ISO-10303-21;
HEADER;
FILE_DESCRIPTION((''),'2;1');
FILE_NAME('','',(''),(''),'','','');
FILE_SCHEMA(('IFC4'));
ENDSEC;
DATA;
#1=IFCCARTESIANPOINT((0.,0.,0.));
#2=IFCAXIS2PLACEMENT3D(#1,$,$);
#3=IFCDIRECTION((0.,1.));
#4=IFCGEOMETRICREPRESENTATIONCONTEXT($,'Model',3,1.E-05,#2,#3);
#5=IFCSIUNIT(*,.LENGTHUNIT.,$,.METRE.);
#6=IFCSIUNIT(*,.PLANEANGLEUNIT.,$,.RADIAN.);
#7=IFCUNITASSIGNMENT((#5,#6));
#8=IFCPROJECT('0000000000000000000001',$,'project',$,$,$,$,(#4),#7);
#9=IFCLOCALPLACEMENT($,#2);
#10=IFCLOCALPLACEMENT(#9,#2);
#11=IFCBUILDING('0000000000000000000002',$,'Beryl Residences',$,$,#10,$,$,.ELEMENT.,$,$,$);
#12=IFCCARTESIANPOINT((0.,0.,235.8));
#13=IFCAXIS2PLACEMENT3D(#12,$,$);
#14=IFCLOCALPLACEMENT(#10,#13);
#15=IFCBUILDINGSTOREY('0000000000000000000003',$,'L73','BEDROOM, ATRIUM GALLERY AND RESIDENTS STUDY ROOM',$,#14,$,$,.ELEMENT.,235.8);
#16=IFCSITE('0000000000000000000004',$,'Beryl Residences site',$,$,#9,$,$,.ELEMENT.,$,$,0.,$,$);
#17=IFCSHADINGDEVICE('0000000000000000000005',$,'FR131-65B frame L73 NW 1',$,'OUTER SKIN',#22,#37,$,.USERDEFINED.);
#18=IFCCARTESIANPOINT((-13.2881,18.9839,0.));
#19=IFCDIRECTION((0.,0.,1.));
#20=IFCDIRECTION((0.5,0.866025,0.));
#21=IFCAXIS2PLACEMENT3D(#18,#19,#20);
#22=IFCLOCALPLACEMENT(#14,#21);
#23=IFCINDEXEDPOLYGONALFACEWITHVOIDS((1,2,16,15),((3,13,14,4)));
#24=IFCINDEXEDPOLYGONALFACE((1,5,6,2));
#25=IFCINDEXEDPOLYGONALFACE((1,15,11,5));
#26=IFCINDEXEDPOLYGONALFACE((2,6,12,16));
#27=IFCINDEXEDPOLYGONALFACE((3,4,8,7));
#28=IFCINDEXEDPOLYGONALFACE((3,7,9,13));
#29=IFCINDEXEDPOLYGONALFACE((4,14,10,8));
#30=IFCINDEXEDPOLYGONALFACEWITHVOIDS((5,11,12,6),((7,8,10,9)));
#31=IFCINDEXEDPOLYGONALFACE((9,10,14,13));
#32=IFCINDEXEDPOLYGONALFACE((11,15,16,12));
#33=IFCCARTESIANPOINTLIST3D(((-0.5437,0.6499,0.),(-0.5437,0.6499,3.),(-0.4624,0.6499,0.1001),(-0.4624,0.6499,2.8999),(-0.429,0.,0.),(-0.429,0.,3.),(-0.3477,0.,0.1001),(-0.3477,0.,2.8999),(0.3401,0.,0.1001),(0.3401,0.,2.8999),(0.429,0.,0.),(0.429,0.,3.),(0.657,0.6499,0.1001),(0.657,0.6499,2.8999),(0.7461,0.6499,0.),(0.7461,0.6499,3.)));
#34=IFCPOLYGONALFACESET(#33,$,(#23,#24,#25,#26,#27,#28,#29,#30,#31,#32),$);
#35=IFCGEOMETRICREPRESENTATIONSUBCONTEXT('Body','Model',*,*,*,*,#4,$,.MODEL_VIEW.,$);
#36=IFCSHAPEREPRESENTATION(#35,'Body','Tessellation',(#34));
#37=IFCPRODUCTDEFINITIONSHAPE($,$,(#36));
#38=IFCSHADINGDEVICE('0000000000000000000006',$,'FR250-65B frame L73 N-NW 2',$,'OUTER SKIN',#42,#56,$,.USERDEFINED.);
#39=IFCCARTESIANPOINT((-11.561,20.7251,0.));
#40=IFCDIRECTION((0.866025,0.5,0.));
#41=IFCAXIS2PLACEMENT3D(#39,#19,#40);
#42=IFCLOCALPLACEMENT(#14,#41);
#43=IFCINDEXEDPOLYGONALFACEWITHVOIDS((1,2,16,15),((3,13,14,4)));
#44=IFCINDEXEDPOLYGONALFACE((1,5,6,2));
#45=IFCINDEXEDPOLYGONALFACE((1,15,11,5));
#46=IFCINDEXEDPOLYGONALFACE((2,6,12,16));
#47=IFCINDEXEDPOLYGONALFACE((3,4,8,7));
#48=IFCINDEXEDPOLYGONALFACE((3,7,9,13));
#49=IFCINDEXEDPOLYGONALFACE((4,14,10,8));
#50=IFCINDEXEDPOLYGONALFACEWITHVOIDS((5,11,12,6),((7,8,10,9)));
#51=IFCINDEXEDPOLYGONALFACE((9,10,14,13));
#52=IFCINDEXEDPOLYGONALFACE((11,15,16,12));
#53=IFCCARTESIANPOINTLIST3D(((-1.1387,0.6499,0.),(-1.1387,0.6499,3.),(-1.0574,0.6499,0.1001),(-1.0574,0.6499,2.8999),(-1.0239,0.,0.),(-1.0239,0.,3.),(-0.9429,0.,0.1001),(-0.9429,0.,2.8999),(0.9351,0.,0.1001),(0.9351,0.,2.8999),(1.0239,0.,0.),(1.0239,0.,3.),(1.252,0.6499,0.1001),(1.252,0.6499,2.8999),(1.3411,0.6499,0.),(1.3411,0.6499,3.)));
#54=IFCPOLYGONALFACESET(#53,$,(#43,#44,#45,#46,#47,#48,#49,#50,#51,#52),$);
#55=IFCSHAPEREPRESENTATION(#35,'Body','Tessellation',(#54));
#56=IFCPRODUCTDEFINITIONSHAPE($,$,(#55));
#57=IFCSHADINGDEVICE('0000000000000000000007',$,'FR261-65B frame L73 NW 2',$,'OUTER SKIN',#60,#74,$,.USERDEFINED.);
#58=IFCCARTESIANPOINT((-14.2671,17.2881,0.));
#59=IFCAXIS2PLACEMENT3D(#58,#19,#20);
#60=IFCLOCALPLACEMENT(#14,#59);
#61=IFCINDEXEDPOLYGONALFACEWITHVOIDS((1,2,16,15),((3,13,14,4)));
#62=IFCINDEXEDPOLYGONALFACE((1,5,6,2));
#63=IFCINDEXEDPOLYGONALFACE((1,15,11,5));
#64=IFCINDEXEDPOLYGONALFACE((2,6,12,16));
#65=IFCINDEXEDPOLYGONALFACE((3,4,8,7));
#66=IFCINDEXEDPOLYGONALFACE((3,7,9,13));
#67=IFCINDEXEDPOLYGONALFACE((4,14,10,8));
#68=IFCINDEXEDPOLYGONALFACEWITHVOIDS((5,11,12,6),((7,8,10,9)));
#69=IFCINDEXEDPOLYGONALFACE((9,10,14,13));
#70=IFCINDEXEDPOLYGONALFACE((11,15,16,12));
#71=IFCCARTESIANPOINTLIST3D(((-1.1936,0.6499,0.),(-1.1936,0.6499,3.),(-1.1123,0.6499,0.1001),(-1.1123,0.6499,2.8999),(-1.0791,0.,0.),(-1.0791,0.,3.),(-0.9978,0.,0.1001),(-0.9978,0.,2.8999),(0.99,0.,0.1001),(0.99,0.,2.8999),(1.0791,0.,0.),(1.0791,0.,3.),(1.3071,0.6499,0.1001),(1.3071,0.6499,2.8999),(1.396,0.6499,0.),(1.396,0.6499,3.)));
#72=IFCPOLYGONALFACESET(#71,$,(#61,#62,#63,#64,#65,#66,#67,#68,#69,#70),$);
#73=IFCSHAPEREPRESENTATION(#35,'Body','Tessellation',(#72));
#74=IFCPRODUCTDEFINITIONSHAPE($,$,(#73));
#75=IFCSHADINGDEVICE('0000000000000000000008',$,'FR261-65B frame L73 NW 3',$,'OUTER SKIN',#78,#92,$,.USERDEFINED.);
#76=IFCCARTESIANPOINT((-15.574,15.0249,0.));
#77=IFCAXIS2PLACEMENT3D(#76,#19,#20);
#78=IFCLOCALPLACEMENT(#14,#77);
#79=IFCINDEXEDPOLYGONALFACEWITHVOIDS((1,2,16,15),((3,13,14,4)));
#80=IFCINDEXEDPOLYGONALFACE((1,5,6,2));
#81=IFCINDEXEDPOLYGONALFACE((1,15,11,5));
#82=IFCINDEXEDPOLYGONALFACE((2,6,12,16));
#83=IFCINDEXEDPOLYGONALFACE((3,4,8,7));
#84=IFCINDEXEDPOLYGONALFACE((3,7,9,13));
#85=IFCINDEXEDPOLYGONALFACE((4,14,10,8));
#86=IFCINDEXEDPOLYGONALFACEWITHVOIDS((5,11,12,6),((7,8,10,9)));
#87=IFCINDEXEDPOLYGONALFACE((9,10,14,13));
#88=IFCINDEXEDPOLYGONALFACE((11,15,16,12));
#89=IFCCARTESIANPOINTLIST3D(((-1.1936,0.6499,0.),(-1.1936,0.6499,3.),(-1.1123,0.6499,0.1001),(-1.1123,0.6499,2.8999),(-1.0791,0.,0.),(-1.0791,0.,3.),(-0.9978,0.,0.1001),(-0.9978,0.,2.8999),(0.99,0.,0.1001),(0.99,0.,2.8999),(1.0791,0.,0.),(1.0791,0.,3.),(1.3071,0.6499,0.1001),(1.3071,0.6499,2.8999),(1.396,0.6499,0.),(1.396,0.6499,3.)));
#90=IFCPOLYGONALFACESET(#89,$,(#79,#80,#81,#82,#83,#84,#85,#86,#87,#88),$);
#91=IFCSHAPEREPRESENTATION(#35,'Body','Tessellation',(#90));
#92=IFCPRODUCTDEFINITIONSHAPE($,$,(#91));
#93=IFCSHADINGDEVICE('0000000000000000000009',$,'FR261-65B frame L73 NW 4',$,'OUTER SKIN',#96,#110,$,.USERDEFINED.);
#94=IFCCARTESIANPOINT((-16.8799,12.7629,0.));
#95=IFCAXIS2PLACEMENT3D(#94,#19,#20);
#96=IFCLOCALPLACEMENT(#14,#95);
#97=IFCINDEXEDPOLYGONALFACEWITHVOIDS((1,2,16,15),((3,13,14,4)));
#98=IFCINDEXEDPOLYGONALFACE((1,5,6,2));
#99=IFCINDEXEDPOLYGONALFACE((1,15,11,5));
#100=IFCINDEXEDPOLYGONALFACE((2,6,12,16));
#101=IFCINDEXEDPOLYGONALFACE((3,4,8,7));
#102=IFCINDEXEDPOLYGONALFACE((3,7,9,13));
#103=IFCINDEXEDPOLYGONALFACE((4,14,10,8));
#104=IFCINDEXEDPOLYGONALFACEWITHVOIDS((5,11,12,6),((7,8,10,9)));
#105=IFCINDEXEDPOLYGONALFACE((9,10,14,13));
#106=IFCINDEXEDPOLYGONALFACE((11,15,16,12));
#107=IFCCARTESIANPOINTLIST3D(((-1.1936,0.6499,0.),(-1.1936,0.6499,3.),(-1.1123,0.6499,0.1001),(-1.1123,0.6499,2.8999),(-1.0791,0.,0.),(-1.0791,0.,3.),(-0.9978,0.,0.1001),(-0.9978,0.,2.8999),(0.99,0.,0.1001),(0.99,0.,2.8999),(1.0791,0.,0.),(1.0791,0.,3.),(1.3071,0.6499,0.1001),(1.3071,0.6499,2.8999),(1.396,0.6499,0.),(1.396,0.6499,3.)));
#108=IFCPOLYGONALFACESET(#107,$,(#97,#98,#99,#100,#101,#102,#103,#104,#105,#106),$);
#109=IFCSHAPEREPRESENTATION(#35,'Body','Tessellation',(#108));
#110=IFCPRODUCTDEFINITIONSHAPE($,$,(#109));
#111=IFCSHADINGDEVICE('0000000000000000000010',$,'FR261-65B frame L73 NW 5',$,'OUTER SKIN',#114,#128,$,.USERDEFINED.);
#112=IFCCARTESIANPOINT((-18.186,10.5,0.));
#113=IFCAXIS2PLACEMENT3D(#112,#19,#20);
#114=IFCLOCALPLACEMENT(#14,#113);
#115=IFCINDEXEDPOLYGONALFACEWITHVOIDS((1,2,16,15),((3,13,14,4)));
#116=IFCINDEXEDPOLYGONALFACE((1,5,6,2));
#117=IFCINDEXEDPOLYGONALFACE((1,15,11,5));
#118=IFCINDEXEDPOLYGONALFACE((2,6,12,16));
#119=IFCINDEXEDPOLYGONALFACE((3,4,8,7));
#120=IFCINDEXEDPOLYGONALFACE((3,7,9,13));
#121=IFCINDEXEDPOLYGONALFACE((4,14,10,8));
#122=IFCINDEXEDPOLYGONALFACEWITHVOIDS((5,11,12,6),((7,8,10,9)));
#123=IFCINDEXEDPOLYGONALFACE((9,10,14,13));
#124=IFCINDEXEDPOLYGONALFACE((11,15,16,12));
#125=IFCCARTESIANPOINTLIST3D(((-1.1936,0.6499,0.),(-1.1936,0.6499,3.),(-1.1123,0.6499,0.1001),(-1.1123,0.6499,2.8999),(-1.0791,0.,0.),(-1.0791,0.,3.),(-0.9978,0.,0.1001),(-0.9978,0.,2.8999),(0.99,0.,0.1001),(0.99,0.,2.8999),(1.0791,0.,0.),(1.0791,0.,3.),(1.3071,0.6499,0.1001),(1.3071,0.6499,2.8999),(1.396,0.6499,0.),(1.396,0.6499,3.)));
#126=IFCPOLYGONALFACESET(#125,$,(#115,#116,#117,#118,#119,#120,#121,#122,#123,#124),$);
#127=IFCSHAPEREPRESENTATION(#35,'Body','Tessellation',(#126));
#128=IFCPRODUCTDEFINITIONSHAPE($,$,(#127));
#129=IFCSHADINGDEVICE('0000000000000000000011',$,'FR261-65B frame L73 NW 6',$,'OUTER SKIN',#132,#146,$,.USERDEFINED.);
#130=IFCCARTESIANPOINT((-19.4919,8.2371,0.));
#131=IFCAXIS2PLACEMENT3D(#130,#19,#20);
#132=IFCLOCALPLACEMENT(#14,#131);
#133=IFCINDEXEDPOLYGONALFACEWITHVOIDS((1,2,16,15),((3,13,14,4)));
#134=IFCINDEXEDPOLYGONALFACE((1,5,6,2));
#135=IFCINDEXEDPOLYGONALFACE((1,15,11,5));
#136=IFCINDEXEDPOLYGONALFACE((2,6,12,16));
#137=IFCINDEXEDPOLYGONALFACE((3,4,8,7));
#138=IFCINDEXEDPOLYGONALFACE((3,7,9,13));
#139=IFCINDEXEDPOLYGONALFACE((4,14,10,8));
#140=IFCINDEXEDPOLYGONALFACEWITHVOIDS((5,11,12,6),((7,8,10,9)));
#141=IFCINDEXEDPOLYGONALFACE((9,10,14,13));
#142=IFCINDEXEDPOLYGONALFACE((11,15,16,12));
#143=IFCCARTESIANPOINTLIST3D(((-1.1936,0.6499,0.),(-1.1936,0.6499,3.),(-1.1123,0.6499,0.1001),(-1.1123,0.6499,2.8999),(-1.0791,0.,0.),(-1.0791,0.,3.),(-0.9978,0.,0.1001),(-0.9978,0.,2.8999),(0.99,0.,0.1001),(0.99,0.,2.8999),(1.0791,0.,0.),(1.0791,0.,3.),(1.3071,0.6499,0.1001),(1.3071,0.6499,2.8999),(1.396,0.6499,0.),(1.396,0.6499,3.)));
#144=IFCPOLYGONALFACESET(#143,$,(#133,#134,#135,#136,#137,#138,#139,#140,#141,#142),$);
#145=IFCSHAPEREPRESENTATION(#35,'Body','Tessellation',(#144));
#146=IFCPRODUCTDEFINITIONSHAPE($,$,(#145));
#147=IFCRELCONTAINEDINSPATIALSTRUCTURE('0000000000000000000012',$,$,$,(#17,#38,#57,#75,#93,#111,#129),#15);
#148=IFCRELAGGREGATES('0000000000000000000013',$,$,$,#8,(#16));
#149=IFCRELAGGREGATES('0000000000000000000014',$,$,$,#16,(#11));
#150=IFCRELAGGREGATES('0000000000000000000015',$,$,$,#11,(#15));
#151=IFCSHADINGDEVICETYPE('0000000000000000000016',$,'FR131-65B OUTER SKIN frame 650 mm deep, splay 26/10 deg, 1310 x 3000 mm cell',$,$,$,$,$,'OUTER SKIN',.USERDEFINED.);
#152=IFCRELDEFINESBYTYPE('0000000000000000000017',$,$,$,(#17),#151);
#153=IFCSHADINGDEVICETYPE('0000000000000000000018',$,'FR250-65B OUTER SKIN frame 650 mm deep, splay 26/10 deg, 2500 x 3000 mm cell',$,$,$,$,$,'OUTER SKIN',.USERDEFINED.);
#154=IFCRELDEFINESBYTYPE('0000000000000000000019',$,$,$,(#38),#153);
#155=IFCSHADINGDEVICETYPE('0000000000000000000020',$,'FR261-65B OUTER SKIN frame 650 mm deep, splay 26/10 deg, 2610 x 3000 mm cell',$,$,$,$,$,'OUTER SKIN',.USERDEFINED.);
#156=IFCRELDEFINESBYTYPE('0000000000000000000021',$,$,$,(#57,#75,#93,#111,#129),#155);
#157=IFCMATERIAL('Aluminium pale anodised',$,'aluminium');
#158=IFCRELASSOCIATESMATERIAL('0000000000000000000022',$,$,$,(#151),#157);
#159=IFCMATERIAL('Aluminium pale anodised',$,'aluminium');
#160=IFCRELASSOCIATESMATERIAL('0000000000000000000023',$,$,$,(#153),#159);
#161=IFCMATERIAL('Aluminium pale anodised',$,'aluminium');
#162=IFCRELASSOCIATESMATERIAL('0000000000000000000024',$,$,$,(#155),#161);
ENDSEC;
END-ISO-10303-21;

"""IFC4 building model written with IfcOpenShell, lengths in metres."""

from ifc_helpers import new_model, entity, si_unit, direction, frame, origin, place, context, subcontext, project, spatial, source, transform, mapped, material, type_object, type_shapes, element, save


model = new_model("IFC4")

# Units and contexts
model_context = context("Model", 3, precision=1e-05, world=origin(), true_north=direction((0.0, 1.0)))
body_context = subcontext(model_context, "Body", "Model", "MODEL_VIEW")
ifc_project = project(units=[si_unit("LENGTHUNIT", "METRE"), si_unit("PLANEANGLEUNIT", "RADIAN")], contexts=[model_context])

# Site, building, storey
site_placement = place(None, origin())
site = spatial("IfcSite", under=ifc_project, at=site_placement, Name="Beryl Residences site", CompositionType="ELEMENT", RefElevation=0.0)
building_placement = place(site_placement, origin())
building = spatial("IfcBuilding", under=site, at=building_placement, Name="Beryl Residences", CompositionType="ELEMENT")
storey_placement = place(building_placement, frame((0.0, 0.0, 235.8)))
storey = spatial("IfcBuildingStorey", under=building, at=storey_placement, Name="L73", Description="BEDROOM, ATRIUM GALLERY AND RESIDENTS STUDY ROOM", CompositionType="ELEMENT", Elevation=235.8)

# Shading devices
ifc_material_1 = material(Name="Aluminium pale anodised", Category="aluminium")
shading_device_type_1 = type_object("IfcShadingDeviceType", Name="FR131-65B OUTER SKIN frame 650 mm deep, splay 26/10 deg, 1310 x 3000 mm cell", ElementType="OUTER SKIN", PredefinedType="USERDEFINED", material=ifc_material_1)
cartesian_point_1 = entity("IfcCartesianPoint", [-0.429, 0.0])
cartesian_point_2 = entity("IfcCartesianPoint", [-0.3401, 0.1001])
cartesian_point_3 = entity("IfcCartesianPoint", [-0.7461, 0.0])
cartesian_point_4 = entity("IfcCartesianPoint", [-0.657, 0.1001])
shared_shape_1 = source(origin(), body_context, "Body", "SweptSolid", [
    entity("IfcExtrudedAreaSolidTapered", entity("IfcArbitraryProfileDefWithVoids", "AREA", None, entity("IfcPolyline", [cartesian_point_1, entity("IfcCartesianPoint", [0.429, 0.0]), entity("IfcCartesianPoint", [0.429, 3.0]), entity("IfcCartesianPoint", [-0.429, 3.0]), cartesian_point_1]), [entity("IfcPolyline", [cartesian_point_2, entity("IfcCartesianPoint", [0.3477, 0.1001]), entity("IfcCartesianPoint", [0.3477, 2.8999]), entity("IfcCartesianPoint", [-0.3401, 2.8999]), cartesian_point_2])]), entity("IfcAxis2Placement3D", entity("IfcCartesianPoint", [0.0, 0.0, 0.0]), entity("IfcDirection", [0.0, 1.0, 0.0]), entity("IfcDirection", [-1.0, 0.0, 0.0])), entity("IfcDirection", [0.0, 0.0, 1.0]), 0.6499, entity("IfcArbitraryProfileDefWithVoids", "AREA", None, entity("IfcPolyline", [cartesian_point_3, entity("IfcCartesianPoint", [0.5437, 0.0]), entity("IfcCartesianPoint", [0.5437, 3.0]), entity("IfcCartesianPoint", [-0.7461, 3.0]), cartesian_point_3]), [entity("IfcPolyline", [cartesian_point_4, entity("IfcCartesianPoint", [0.4624, 0.1001]), entity("IfcCartesianPoint", [0.4624, 2.8999]), entity("IfcCartesianPoint", [-0.657, 2.8999]), cartesian_point_4])])),
])
type_shapes(shading_device_type_1, [shared_shape_1])
shading_device_1_placement = place(storey_placement, frame((-13.2881, 18.9839, 0.0), z_axis=(0.0, 0.0, 1.0), x_axis=(0.5, 0.866025, 0.0)))
element("IfcShadingDevice", 1, at=shading_device_1_placement, inside=storey, type_object=shading_device_type_1, Name="FR131-65B frame L73 NW 1", ObjectType="OUTER SKIN", PredefinedType="USERDEFINED", context=body_context, shape_type="MappedRepresentation", body=[
    mapped(shared_shape_1, transform((0.0, 0.0, 0.0))),
])
ifc_material_2 = material(Name="Aluminium pale anodised", Category="aluminium")
shading_device_type_2 = type_object("IfcShadingDeviceType", Name="FR250-65B OUTER SKIN frame 650 mm deep, splay 26/10 deg, 2500 x 3000 mm cell", ElementType="OUTER SKIN", PredefinedType="USERDEFINED", material=ifc_material_2)
cartesian_point_5 = entity("IfcCartesianPoint", [-1.0239, 0.0])
cartesian_point_6 = entity("IfcCartesianPoint", [-0.9351, 0.1001])
cartesian_point_7 = entity("IfcCartesianPoint", [-1.3411, 0.0])
cartesian_point_8 = entity("IfcCartesianPoint", [-1.252, 0.1001])
shared_shape_2 = source(origin(), body_context, "Body", "SweptSolid", [
    entity("IfcExtrudedAreaSolidTapered", entity("IfcArbitraryProfileDefWithVoids", "AREA", None, entity("IfcPolyline", [cartesian_point_5, entity("IfcCartesianPoint", [1.0239, 0.0]), entity("IfcCartesianPoint", [1.0239, 3.0]), entity("IfcCartesianPoint", [-1.0239, 3.0]), cartesian_point_5]), [entity("IfcPolyline", [cartesian_point_6, entity("IfcCartesianPoint", [0.9429, 0.1001]), entity("IfcCartesianPoint", [0.9429, 2.8999]), entity("IfcCartesianPoint", [-0.9351, 2.8999]), cartesian_point_6])]), entity("IfcAxis2Placement3D", entity("IfcCartesianPoint", [0.0, 0.0, 0.0]), entity("IfcDirection", [0.0, 1.0, 0.0]), entity("IfcDirection", [-1.0, 0.0, 0.0])), entity("IfcDirection", [0.0, 0.0, 1.0]), 0.6499, entity("IfcArbitraryProfileDefWithVoids", "AREA", None, entity("IfcPolyline", [cartesian_point_7, entity("IfcCartesianPoint", [1.1387, 0.0]), entity("IfcCartesianPoint", [1.1387, 3.0]), entity("IfcCartesianPoint", [-1.3411, 3.0]), cartesian_point_7]), [entity("IfcPolyline", [cartesian_point_8, entity("IfcCartesianPoint", [1.0574, 0.1001]), entity("IfcCartesianPoint", [1.0574, 2.8999]), entity("IfcCartesianPoint", [-1.252, 2.8999]), cartesian_point_8])])),
])
type_shapes(shading_device_type_2, [shared_shape_2])
shading_device_2_placement = place(storey_placement, frame((-11.561, 20.7251, 0.0), z_axis=(0.0, 0.0, 1.0), x_axis=(0.866025, 0.5, 0.0)))
element("IfcShadingDevice", 2, at=shading_device_2_placement, inside=storey, type_object=shading_device_type_2, Name="FR250-65B frame L73 N-NW 2", ObjectType="OUTER SKIN", PredefinedType="USERDEFINED", context=body_context, shape_type="MappedRepresentation", body=[
    mapped(shared_shape_2, transform((0.0, 0.0, 0.0))),
])
ifc_material_3 = material(Name="Aluminium pale anodised", Category="aluminium")
shading_device_type_3 = type_object("IfcShadingDeviceType", Name="FR261-65B OUTER SKIN frame 650 mm deep, splay 26/10 deg, 2610 x 3000 mm cell", ElementType="OUTER SKIN", PredefinedType="USERDEFINED", material=ifc_material_3)
cartesian_point_9 = entity("IfcCartesianPoint", [-1.0791, 0.0])
cartesian_point_10 = entity("IfcCartesianPoint", [-0.99, 0.1001])
cartesian_point_11 = entity("IfcCartesianPoint", [-1.396, 0.0])
cartesian_point_12 = entity("IfcCartesianPoint", [-1.3071, 0.1001])
shared_shape_3 = source(origin(), body_context, "Body", "SweptSolid", [
    entity("IfcExtrudedAreaSolidTapered", entity("IfcArbitraryProfileDefWithVoids", "AREA", None, entity("IfcPolyline", [cartesian_point_9, entity("IfcCartesianPoint", [1.0791, 0.0]), entity("IfcCartesianPoint", [1.0791, 3.0]), entity("IfcCartesianPoint", [-1.0791, 3.0]), cartesian_point_9]), [entity("IfcPolyline", [cartesian_point_10, entity("IfcCartesianPoint", [0.9978, 0.1001]), entity("IfcCartesianPoint", [0.9978, 2.8999]), entity("IfcCartesianPoint", [-0.99, 2.8999]), cartesian_point_10])]), entity("IfcAxis2Placement3D", entity("IfcCartesianPoint", [0.0, 0.0, 0.0]), entity("IfcDirection", [0.0, 1.0, 0.0]), entity("IfcDirection", [-1.0, 0.0, 0.0])), entity("IfcDirection", [0.0, 0.0, 1.0]), 0.6499, entity("IfcArbitraryProfileDefWithVoids", "AREA", None, entity("IfcPolyline", [cartesian_point_11, entity("IfcCartesianPoint", [1.1936, 0.0]), entity("IfcCartesianPoint", [1.1936, 3.0]), entity("IfcCartesianPoint", [-1.396, 3.0]), cartesian_point_11]), [entity("IfcPolyline", [cartesian_point_12, entity("IfcCartesianPoint", [1.1123, 0.1001]), entity("IfcCartesianPoint", [1.1123, 2.8999]), entity("IfcCartesianPoint", [-1.3071, 2.8999]), cartesian_point_12])])),
])
type_shapes(shading_device_type_3, [shared_shape_3])
for number, where, z_axis, x_axis, name in (
    (3, (-14.2671, 17.2881, 0.0), (0.0, 0.0, 1.0), (0.5, 0.866025, 0.0), "FR261-65B frame L73 NW 2"),
    (4, (-15.574, 15.0249, 0.0), (0.0, 0.0, 1.0), (0.5, 0.866025, 0.0), "FR261-65B frame L73 NW 3"),
    (5, (-16.8799, 12.7629, 0.0), (0.0, 0.0, 1.0), (0.5, 0.866025, 0.0), "FR261-65B frame L73 NW 4"),
    (6, (-18.186, 10.5, 0.0), (0.0, 0.0, 1.0), (0.5, 0.866025, 0.0), "FR261-65B frame L73 NW 5"),
    (7, (-19.4919, 8.2371, 0.0), (0.0, 0.0, 1.0), (0.5, 0.866025, 0.0), "FR261-65B frame L73 NW 6"),
):
    element("IfcShadingDevice", number, at=place(storey_placement, frame(where, z_axis=z_axis, x_axis=x_axis)), inside=storey, type_object=shading_device_type_3, Name=name, ObjectType="OUTER SKIN", PredefinedType="USERDEFINED", context=body_context, shape_type="MappedRepresentation", body=[
        mapped(shared_shape_3, transform((0.0, 0.0, 0.0))),
    ])

save(model, "model.ifc")
